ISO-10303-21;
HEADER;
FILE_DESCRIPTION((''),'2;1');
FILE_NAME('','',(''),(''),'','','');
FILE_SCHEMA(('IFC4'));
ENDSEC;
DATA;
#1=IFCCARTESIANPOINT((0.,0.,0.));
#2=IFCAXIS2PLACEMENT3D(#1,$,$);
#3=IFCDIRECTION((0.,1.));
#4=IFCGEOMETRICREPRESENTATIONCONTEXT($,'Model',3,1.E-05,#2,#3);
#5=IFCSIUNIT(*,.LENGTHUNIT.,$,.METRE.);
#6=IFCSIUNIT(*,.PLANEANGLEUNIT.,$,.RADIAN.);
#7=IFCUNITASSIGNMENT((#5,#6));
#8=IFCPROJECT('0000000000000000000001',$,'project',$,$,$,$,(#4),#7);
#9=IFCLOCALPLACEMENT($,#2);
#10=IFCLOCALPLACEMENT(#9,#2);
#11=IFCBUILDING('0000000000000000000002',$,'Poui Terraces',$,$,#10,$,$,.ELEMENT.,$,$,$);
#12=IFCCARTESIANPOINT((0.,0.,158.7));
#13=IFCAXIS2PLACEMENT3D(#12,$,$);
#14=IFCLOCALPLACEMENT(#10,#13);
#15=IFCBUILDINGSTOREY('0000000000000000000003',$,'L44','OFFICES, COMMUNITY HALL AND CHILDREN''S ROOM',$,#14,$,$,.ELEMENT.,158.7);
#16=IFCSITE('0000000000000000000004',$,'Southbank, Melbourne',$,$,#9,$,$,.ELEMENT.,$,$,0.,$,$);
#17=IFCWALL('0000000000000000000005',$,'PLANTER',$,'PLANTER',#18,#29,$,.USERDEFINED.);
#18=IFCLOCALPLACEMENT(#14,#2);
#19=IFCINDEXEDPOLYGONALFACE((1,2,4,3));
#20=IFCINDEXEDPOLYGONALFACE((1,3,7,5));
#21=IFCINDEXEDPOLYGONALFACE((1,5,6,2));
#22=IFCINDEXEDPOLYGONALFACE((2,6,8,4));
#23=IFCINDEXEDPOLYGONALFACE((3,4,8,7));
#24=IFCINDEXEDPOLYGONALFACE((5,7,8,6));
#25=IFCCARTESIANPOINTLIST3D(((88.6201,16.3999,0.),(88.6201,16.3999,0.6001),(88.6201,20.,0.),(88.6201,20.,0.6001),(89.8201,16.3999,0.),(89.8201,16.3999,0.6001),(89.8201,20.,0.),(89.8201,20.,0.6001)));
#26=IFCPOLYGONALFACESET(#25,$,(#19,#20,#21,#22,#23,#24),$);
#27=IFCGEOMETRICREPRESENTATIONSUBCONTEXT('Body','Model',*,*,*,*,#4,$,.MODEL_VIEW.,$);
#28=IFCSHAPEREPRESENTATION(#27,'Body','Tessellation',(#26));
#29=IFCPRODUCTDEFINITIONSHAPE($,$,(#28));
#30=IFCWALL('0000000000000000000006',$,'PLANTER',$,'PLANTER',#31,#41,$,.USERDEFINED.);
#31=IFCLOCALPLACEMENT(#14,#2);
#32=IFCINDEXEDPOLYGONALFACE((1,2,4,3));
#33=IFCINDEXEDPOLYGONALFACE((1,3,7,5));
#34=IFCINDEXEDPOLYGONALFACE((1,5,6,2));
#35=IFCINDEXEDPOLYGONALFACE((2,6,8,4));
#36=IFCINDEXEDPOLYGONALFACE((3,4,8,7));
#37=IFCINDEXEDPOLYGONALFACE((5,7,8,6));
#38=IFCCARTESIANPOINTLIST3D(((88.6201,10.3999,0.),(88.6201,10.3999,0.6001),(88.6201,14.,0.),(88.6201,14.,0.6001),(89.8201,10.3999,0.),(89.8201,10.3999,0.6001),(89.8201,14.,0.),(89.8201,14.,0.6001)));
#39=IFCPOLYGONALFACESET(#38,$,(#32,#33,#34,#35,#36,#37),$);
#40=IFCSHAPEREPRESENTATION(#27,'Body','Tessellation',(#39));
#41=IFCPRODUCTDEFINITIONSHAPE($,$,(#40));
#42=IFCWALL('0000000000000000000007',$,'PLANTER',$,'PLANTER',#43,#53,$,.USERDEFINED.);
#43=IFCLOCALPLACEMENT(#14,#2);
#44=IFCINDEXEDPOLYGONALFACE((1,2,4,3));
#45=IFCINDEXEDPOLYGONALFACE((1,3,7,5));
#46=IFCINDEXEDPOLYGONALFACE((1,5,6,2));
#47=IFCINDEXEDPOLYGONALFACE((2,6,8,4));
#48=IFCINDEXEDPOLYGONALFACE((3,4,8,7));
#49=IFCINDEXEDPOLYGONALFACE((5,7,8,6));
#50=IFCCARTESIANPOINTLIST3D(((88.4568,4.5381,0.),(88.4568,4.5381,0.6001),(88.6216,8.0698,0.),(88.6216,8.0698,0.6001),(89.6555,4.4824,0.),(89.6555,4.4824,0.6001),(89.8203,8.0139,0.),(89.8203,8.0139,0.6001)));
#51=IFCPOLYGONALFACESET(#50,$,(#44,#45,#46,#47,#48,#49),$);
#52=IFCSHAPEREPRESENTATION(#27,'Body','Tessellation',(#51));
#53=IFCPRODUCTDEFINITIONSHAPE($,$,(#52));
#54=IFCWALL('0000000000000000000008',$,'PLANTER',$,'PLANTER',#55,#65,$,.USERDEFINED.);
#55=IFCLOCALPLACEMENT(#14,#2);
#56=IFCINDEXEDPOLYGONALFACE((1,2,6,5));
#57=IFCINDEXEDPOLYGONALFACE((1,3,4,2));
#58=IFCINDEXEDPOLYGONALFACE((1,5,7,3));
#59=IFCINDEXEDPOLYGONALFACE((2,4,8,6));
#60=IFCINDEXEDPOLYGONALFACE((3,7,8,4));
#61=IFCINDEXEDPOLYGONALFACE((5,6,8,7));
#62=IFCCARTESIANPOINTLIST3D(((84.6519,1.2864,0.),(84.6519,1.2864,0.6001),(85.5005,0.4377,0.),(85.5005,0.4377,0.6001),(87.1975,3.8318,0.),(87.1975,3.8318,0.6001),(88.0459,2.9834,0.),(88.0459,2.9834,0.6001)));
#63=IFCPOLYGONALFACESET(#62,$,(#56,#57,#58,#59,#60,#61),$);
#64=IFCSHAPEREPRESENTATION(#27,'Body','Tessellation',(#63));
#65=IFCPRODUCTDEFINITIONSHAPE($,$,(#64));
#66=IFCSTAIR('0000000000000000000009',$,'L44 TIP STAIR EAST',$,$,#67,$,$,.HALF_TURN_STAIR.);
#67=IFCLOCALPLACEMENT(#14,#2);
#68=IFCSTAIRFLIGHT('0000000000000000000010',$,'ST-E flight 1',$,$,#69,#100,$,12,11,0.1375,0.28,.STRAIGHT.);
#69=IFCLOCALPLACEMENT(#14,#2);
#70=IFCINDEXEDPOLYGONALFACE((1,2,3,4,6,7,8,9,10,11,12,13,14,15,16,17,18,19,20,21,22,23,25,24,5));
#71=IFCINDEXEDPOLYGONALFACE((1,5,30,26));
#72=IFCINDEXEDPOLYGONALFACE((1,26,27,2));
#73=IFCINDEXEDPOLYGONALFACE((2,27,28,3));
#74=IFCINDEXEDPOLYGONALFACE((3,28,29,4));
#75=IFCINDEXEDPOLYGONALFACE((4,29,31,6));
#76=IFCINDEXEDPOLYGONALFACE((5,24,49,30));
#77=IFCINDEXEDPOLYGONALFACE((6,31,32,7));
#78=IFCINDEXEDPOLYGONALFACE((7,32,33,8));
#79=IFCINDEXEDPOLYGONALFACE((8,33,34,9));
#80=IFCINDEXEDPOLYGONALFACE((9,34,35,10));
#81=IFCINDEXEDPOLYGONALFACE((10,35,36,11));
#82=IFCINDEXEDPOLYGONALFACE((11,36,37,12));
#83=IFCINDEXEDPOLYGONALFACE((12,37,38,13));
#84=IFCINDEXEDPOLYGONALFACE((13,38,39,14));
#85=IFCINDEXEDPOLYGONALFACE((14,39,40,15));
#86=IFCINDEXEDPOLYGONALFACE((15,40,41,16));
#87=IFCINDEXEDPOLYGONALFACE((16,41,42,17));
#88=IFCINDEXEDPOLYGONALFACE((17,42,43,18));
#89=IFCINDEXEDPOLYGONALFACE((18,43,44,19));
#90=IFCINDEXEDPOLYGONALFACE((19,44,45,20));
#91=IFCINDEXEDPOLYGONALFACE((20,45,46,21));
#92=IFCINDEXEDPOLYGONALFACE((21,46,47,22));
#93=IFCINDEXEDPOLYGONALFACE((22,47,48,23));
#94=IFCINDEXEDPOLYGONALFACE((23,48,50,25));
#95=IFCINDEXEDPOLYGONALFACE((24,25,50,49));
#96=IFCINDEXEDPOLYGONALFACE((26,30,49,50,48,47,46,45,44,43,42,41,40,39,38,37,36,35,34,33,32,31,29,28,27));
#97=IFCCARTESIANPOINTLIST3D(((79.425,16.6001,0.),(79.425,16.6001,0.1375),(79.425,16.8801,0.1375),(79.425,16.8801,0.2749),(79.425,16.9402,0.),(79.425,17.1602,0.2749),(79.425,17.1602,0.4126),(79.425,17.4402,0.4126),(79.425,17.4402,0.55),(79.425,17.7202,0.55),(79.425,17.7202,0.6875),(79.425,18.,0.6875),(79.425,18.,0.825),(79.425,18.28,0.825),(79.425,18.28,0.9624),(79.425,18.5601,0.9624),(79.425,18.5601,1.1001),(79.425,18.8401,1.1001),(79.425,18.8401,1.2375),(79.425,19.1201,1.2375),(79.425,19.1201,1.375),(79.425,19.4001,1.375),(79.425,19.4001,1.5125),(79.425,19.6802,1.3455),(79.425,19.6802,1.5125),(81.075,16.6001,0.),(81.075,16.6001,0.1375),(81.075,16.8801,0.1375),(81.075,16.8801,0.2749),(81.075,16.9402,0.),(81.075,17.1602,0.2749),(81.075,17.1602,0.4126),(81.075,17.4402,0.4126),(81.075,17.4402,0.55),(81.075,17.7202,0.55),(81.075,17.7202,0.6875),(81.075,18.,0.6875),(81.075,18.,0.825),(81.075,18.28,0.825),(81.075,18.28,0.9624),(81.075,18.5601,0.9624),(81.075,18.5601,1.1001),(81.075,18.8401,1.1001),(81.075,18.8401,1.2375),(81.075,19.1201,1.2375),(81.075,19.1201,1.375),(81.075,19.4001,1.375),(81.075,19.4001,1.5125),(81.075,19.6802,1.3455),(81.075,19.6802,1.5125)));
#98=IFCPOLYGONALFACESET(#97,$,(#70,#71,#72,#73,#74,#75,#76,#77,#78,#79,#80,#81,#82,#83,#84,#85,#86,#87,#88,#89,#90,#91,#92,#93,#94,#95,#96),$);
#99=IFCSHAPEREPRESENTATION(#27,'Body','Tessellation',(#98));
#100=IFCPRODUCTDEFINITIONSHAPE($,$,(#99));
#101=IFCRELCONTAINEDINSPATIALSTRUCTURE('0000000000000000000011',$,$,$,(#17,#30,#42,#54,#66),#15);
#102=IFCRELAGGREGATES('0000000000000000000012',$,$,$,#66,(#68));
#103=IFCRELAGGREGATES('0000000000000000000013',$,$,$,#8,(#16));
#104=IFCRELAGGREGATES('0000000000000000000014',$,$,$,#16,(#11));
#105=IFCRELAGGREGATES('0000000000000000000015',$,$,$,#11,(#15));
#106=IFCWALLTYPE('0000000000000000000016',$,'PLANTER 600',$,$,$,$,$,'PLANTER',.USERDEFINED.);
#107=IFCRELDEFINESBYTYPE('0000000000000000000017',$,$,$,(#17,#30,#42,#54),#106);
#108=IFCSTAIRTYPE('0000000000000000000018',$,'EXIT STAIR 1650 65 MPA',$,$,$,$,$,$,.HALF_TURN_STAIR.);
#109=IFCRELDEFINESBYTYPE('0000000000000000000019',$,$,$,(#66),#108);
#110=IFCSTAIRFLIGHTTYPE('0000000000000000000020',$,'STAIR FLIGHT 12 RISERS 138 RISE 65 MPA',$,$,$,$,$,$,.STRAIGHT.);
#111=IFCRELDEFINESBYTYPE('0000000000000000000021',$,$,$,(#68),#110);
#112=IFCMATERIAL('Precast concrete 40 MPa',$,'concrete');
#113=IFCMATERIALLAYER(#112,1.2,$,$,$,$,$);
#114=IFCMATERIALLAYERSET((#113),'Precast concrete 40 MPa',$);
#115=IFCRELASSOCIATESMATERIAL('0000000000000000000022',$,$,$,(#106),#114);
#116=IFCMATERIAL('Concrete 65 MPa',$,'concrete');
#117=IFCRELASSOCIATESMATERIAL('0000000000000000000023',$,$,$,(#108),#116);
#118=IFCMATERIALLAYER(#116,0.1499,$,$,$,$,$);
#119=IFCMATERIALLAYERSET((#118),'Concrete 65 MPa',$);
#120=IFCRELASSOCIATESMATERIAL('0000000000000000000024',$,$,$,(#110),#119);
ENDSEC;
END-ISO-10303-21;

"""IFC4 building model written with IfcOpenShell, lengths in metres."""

from ifc_helpers import new_model, si_unit, direction, frame, origin, place, context, subcontext, project, spatial, polyline, outline, extrude, source, transform, mapped, material, layer, layer_set, type_object, element, aggregate, save


model = new_model("IFC4")

# Units and contexts
model_context = context("Model", 3, precision=1e-05, world=origin(), true_north=direction((0.0, 1.0)))
body_context = subcontext(model_context, "Body", "Model", "MODEL_VIEW")
ifc_project = project(units=[si_unit("LENGTHUNIT", "METRE"), si_unit("PLANEANGLEUNIT", "RADIAN")], contexts=[model_context])

# Site, building, storey
site_placement = place(None, origin())
site = spatial("IfcSite", under=ifc_project, at=site_placement, Name="Southbank, Melbourne", CompositionType="ELEMENT", RefElevation=0.0)
building_placement = place(site_placement, origin())
building = spatial("IfcBuilding", under=site, at=building_placement, Name="Poui Terraces", CompositionType="ELEMENT")
storey_placement = place(building_placement, frame((0.0, 0.0, 158.7)))
storey = spatial("IfcBuildingStorey", under=building, at=storey_placement, Name="L44", Description="OFFICES, COMMUNITY HALL AND CHILDREN'S ROOM", CompositionType="ELEMENT", Elevation=158.7)

# Shared definitions
ifc_material_1 = material(Name="Concrete 65 MPa", Category="concrete")

# Walls
ifc_material_2 = material(Name="Precast concrete 40 MPa", Category="concrete")
ifc_layer_1 = layer(ifc_material_2, 1.2)
ifc_layer_set_1 = layer_set([ifc_layer_1], Name="Precast concrete 40 MPa")
wall_type_1 = type_object("IfcWallType", Name="PLANTER 600", ElementType="PLANTER", PredefinedType="USERDEFINED", material=ifc_layer_set_1)
shared_shape_1 = source(origin(), body_context, "Body", "SweptSolid", [
    extrude(outline(polyline([(0.0, 0.0), (1.2, 0.0), (1.2, 3.6001), (0.0, 3.6001), (0.0, 0.0)])), origin(), (0.0, 0.0, 1.0), 0.6001),
])
for number, where, name in (
    (1, (88.6201, 16.3999, 0.0), "PLANTER"),
    (2, (88.6201, 10.3999, 0.0), "PLANTER"),
):
    element("IfcWall", number, at=place(storey_placement, frame(where)), inside=storey, type_object=wall_type_1, Name=name, ObjectType="PLANTER", PredefinedType="USERDEFINED", context=body_context, shape_type="MappedRepresentation", body=[
        mapped(shared_shape_1, transform((0.0, 0.0, 0.0))),
    ])
shared_shape_2 = source(origin(), body_context, "Body", "SweptSolid", [
    extrude(outline(polyline([(0.0, 0.0), (1.1987, -0.0557), (1.3635, 3.4758), (0.1648, 3.5317), (0.0, 0.0)])), origin(), (0.0, 0.0, 1.0), 0.6001),
])
wall_1_placement = place(storey_placement, frame((88.4568, 4.5381, 0.0)))
element("IfcWall", 3, at=wall_1_placement, inside=storey, type_object=wall_type_1, Name="PLANTER", ObjectType="PLANTER", PredefinedType="USERDEFINED", context=body_context, shape_type="MappedRepresentation", body=[
    mapped(shared_shape_2, transform((0.0, 0.0, 0.0))),
])
shared_shape_3 = source(origin(), body_context, "Body", "SweptSolid", [
    extrude(outline(polyline([(0.0, 0.0), (0.8486, -0.8486), (3.394, 1.697), (2.5457, 2.5454), (0.0, 0.0)])), origin(), (0.0, 0.0, 1.0), 0.6001),
])
wall_2_placement = place(storey_placement, frame((84.6519, 1.2864, 0.0)))
element("IfcWall", 4, at=wall_2_placement, inside=storey, type_object=wall_type_1, Name="PLANTER", ObjectType="PLANTER", PredefinedType="USERDEFINED", context=body_context, shape_type="MappedRepresentation", body=[
    mapped(shared_shape_3, transform((0.0, 0.0, 0.0))),
])

# Stair, stair flight
stair_type = type_object("IfcStairType", Name="EXIT STAIR 1650 65 MPA", PredefinedType="HALF_TURN_STAIR", material=ifc_material_1)
stair_placement = place(storey_placement, origin())
stair = element("IfcStair", 5, at=stair_placement, inside=storey, type_object=stair_type, Name="L44 TIP STAIR EAST", PredefinedType="HALF_TURN_STAIR")
ifc_layer_2 = layer(ifc_material_1, 0.1499)
ifc_layer_set_2 = layer_set([ifc_layer_2], Name="Concrete 65 MPa")
stair_flight_type = type_object("IfcStairFlightType", Name="STAIR FLIGHT 12 RISERS 138 RISE 65 MPA", PredefinedType="STRAIGHT", material=ifc_layer_set_2)
stair_flight_placement = place(storey_placement, frame((80.25, 16.6001, 0.0), z_axis=(0.0, 0.0, 1.0), x_axis=(0.0, 1.0, 0.0)))
stair_flight = element("IfcStairFlight", 6, at=stair_flight_placement, type_object=stair_flight_type, Name="ST-E flight 1", NumberOfRisers=12, NumberOfTreads=11, PredefinedType="STRAIGHT", RiserHeight=0.1375, TreadLength=0.28, context=body_context, shape_type="SweptSolid", body=[
    extrude(outline(polyline([(0.0, 0.0), (0.0, 0.1375), (0.28, 0.1375), (0.28, 0.2749), (0.5601, 0.2749), (0.5601, 0.4126), (0.8401, 0.4126), (0.8401, 0.55), (1.1201, 0.55), (1.1201, 0.6875), (1.3999, 0.6875), (1.3999, 0.825), (1.6799, 0.825), (1.6799, 0.9624), (1.96, 0.9624), (1.96, 1.1001), (2.24, 1.1001), (2.24, 1.2375), (2.52, 1.2375), (2.52, 1.375), (2.8, 1.375), (2.8, 1.5125), (3.0801, 1.5125), (3.0801, 1.6499), (3.0801, 1.3455), (0.3401, 0.0), (0.0, 0.0)])), frame((0.0, 0.825, 0.0), z_axis=(0.0, -1.0, 0.0), x_axis=(1.0, 0.0, 0.0)), (0.0, 0.0, 1.0), 1.6499),
])
aggregate(stair, [stair_flight])

save(model, "model.ifc")
